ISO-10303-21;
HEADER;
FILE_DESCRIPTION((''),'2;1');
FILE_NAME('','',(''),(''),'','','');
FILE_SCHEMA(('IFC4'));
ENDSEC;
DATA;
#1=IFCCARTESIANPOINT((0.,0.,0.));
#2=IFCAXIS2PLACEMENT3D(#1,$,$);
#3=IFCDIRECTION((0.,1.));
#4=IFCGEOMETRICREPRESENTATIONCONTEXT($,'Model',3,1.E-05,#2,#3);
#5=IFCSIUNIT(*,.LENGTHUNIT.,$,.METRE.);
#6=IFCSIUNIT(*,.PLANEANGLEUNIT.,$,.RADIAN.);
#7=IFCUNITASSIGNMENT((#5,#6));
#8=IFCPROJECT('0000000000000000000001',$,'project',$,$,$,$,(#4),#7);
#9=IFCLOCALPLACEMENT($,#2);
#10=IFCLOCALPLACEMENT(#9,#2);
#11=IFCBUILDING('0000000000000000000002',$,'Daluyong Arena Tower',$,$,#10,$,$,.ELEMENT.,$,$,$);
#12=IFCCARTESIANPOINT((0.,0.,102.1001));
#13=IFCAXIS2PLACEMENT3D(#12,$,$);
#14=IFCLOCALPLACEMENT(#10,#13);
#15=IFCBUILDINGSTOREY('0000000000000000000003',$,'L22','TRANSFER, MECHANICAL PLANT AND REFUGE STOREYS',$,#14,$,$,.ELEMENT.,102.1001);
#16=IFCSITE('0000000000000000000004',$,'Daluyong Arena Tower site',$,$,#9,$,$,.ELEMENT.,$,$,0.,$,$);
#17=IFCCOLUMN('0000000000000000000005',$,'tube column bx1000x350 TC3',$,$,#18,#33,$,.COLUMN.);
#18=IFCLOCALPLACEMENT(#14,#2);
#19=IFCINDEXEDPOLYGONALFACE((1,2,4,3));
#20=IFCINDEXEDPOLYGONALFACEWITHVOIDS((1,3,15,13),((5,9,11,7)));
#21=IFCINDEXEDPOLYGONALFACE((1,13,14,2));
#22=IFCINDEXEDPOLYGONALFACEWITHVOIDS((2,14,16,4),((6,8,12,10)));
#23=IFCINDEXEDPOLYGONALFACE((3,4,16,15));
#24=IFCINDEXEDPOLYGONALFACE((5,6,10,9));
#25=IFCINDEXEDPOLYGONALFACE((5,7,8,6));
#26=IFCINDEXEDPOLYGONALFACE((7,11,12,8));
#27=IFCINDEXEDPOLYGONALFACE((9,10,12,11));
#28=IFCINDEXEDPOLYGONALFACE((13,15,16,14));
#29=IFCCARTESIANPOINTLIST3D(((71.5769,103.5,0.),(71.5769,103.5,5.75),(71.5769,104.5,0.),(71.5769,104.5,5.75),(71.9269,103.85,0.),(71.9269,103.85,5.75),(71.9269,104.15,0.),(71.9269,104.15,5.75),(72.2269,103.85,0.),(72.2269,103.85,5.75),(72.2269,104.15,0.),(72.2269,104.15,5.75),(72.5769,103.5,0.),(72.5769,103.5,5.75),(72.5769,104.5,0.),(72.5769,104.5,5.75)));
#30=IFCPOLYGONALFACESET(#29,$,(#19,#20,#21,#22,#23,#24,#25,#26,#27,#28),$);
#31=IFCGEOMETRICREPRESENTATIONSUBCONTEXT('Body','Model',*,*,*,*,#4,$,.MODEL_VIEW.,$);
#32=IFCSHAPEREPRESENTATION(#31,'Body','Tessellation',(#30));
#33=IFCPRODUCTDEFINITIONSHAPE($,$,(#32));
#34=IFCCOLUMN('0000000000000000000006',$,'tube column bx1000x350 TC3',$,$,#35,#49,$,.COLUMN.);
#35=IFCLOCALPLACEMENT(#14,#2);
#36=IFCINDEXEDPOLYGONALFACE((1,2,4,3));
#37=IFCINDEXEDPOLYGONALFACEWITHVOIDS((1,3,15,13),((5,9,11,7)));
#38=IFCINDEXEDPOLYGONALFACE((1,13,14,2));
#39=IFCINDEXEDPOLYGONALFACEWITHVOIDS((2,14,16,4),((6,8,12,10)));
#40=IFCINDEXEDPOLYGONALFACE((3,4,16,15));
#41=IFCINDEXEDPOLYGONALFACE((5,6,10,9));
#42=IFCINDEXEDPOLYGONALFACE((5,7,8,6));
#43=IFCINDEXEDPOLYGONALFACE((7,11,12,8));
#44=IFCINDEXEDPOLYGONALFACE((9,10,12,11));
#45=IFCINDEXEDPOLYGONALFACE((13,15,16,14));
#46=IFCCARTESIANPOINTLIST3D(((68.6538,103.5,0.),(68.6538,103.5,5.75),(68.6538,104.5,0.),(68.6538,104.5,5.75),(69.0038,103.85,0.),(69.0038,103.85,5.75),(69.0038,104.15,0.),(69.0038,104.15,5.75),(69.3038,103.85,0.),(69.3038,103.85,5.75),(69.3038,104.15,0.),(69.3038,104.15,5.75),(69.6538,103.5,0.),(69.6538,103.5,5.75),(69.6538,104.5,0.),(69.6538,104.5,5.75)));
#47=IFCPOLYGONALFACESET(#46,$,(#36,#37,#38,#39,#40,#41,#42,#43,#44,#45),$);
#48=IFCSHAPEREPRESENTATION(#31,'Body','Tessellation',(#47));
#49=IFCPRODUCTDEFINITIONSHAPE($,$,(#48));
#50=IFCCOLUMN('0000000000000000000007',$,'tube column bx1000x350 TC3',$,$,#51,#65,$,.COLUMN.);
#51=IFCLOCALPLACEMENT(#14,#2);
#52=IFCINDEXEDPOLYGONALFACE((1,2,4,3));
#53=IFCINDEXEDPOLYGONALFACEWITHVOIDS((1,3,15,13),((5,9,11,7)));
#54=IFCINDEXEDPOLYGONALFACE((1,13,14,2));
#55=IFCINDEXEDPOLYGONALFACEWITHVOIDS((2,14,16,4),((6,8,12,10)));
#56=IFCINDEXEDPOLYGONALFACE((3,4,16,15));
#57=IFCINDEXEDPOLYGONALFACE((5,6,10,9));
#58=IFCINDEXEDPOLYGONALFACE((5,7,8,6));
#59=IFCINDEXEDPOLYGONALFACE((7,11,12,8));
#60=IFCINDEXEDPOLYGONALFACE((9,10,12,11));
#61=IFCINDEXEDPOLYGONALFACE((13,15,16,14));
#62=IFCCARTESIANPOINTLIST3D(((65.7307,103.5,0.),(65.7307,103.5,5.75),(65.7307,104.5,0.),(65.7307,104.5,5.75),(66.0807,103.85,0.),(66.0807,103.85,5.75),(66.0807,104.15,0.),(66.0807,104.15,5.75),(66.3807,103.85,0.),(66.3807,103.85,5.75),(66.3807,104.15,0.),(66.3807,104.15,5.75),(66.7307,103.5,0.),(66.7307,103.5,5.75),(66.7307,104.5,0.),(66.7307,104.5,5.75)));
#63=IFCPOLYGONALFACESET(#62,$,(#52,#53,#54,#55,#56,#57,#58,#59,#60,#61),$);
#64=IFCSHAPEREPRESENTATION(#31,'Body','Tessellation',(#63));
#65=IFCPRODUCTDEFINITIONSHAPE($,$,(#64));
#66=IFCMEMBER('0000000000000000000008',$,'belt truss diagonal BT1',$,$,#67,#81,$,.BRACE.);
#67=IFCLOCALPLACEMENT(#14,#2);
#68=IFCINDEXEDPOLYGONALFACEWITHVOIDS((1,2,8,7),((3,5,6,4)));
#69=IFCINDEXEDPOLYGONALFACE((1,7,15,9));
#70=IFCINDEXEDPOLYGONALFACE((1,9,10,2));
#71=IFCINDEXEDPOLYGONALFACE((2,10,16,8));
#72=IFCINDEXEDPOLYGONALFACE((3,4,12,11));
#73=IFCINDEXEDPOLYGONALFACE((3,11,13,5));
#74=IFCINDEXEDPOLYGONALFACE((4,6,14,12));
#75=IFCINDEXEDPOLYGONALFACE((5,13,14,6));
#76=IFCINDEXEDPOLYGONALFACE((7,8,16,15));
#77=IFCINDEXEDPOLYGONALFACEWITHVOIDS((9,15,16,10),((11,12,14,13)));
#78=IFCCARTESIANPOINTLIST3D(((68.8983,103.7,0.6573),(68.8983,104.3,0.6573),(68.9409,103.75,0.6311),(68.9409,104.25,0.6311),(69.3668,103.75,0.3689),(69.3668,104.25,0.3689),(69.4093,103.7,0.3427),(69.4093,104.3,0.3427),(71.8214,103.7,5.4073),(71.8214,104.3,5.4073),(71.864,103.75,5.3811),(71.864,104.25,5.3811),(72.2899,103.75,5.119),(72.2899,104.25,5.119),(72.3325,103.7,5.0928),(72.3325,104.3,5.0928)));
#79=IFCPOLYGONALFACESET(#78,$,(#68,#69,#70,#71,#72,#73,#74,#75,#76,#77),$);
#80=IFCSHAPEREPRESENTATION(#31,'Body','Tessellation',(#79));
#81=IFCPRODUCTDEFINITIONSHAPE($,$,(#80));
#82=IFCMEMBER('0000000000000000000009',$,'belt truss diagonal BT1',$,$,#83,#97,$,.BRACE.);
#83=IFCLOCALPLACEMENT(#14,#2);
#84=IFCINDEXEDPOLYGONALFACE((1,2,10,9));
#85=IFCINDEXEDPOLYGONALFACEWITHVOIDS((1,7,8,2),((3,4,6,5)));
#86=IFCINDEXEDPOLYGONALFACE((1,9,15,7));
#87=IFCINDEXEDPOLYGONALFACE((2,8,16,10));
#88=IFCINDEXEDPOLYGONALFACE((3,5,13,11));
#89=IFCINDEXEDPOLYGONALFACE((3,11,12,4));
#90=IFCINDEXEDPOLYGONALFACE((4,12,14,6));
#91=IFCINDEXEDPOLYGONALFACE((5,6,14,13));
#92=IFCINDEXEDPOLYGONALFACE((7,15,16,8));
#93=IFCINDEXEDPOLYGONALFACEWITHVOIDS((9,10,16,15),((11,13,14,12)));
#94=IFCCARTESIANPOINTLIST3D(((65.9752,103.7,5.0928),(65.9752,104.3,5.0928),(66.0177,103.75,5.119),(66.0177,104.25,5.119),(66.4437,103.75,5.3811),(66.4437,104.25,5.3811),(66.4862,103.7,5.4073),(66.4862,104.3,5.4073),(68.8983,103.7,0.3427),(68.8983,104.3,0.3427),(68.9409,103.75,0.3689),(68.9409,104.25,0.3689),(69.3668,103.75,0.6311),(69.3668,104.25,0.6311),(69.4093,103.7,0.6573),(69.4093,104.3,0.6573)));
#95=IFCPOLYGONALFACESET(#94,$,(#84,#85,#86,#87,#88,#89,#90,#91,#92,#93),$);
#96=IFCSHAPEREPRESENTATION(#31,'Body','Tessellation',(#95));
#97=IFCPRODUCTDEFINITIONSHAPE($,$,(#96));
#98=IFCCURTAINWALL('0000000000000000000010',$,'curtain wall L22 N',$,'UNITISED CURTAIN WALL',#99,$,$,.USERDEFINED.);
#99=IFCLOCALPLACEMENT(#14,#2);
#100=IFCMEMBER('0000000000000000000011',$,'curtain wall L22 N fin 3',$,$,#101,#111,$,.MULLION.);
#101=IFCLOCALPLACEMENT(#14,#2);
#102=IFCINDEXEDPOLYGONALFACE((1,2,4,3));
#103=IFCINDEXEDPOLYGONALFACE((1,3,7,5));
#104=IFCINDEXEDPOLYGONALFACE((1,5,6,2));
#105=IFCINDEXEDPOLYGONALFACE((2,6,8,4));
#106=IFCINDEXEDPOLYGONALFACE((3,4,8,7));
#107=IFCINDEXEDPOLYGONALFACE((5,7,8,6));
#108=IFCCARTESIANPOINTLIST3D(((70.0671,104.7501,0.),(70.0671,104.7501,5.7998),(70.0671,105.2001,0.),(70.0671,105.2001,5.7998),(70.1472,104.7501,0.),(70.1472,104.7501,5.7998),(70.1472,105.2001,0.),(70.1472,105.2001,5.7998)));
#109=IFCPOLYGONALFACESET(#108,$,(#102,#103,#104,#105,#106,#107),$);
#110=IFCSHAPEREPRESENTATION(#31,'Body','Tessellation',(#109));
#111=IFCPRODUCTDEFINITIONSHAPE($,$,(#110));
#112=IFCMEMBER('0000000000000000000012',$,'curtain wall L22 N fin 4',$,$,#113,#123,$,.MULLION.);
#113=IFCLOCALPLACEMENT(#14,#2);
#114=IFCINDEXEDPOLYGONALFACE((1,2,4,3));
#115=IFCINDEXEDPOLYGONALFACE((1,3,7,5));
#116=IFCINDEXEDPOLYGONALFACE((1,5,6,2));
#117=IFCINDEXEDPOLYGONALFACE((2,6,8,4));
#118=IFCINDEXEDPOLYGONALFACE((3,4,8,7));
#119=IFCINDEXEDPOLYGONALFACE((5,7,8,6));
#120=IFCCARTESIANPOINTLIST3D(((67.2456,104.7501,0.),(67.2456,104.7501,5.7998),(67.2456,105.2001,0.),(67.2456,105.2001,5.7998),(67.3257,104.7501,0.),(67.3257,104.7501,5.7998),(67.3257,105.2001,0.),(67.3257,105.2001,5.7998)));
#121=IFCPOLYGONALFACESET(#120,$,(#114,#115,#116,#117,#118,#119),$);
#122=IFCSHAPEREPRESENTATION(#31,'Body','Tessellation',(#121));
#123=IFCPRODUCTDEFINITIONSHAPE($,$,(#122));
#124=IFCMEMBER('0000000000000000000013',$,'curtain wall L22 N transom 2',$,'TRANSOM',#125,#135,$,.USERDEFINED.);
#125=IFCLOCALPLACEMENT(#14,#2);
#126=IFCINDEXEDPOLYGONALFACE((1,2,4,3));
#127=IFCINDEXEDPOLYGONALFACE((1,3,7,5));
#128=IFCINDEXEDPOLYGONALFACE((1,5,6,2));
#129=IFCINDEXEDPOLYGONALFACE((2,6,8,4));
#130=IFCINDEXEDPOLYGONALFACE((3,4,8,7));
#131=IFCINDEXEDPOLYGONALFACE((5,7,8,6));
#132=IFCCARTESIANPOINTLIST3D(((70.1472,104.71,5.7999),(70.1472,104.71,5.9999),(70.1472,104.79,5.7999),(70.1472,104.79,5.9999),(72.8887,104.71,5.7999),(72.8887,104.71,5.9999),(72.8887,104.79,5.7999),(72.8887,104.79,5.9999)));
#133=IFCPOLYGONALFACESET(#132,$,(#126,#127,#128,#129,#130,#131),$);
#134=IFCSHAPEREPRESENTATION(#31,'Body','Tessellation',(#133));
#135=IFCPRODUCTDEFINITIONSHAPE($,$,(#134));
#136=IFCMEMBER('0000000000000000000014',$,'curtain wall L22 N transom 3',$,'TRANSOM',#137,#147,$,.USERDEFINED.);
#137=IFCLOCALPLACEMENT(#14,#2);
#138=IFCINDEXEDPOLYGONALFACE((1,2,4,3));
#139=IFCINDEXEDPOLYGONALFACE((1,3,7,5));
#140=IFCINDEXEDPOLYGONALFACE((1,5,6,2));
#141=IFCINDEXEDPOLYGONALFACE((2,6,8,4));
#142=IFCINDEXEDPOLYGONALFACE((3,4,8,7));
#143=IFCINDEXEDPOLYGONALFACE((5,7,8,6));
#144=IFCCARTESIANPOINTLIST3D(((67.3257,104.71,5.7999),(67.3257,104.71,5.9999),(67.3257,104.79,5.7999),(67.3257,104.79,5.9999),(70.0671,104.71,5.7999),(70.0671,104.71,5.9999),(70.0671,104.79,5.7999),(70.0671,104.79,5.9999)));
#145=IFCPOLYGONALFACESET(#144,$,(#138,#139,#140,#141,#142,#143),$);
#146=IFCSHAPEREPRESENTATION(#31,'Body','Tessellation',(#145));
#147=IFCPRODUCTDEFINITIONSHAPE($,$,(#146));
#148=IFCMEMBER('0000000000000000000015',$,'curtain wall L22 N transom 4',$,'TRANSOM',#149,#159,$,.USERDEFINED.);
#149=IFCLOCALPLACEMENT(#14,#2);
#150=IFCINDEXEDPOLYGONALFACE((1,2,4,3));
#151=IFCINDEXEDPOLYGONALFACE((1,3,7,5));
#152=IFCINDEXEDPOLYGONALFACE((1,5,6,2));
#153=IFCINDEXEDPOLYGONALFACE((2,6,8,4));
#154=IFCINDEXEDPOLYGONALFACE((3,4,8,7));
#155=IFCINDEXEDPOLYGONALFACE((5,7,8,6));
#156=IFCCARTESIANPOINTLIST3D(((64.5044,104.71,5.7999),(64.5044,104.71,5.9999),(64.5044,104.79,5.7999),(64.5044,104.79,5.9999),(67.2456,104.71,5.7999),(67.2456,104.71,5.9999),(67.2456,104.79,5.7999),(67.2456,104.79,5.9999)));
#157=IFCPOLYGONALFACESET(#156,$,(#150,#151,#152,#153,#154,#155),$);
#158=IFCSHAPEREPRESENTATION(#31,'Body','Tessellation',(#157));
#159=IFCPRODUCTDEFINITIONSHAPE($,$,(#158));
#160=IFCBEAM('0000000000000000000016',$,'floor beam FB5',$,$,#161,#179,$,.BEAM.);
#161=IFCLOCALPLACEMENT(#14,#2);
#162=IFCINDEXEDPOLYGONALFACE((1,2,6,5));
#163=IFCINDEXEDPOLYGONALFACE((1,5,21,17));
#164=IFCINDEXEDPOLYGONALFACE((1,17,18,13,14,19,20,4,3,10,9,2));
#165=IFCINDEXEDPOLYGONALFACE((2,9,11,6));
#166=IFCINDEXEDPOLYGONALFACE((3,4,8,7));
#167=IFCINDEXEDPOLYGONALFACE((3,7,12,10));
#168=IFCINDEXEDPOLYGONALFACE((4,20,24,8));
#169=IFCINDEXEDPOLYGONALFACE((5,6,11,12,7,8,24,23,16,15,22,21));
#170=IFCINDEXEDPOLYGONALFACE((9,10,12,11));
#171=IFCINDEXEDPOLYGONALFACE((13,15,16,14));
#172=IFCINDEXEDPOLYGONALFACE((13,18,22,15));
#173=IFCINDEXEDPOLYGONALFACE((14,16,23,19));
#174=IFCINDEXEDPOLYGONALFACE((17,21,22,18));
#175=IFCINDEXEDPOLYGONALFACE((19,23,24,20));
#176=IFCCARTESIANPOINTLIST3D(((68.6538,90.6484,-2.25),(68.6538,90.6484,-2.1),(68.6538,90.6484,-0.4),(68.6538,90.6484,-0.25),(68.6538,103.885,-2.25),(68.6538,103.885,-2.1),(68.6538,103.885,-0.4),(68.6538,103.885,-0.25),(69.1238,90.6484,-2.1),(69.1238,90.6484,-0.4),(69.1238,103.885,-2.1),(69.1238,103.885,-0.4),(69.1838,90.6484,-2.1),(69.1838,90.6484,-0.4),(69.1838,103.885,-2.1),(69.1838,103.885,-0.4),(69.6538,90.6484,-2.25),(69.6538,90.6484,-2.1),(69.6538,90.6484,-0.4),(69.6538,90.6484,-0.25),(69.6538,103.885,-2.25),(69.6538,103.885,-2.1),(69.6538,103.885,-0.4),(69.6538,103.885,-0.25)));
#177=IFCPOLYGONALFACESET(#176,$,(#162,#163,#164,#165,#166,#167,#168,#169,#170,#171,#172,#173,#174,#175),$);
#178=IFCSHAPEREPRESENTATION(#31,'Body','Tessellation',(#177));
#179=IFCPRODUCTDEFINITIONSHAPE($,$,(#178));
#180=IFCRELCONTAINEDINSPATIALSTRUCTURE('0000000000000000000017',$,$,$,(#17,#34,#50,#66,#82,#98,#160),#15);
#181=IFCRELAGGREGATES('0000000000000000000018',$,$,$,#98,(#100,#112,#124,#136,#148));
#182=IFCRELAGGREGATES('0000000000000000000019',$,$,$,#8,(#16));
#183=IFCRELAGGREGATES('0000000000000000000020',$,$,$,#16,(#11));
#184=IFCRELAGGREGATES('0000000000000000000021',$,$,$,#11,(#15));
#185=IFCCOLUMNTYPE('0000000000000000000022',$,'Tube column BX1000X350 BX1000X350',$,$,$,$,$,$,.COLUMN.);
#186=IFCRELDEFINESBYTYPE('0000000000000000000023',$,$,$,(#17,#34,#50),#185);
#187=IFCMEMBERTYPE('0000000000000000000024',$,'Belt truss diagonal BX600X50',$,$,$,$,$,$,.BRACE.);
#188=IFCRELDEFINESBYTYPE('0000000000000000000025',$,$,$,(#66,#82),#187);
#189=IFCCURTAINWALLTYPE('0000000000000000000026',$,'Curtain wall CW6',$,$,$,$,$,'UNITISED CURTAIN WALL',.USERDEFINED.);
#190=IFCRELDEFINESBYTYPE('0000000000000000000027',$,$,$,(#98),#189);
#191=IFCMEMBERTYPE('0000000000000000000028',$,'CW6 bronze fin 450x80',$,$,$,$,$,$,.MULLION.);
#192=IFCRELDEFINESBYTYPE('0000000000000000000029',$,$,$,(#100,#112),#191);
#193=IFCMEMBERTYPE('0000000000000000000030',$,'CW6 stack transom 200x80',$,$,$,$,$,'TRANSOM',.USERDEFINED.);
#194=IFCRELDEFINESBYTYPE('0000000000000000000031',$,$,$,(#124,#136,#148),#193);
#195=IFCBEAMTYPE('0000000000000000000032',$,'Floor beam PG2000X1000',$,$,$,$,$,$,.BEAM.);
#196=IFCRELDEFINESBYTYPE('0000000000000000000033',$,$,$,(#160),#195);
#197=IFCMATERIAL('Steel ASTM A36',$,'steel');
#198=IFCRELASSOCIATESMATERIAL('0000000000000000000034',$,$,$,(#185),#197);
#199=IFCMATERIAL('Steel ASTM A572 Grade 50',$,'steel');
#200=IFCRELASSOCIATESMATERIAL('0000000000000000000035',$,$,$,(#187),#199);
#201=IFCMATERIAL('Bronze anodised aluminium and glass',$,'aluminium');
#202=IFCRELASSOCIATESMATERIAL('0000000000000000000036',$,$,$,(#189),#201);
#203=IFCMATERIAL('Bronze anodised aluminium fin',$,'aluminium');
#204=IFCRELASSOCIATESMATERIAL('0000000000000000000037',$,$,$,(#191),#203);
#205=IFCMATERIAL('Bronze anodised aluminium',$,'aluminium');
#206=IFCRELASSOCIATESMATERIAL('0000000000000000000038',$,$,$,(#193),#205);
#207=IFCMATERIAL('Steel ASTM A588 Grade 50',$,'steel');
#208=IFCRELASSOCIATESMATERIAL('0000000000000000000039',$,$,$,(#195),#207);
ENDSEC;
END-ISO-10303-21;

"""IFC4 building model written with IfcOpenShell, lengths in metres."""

from ifc_helpers import new_model, si_unit, direction, frame, origin, origin_2d, place, context, subcontext, project, spatial, rectangle, hollow_rectangle, i_section, extrude, material, material_profile, profile_set, type_object, element, aggregate, save


model = new_model("IFC4")

# Units and contexts
model_context = context("Model", 3, precision=1e-05, world=origin(), true_north=direction((0.0, 1.0)))
body_context = subcontext(model_context, "Body", "Model", "MODEL_VIEW")
ifc_project = project(units=[si_unit("LENGTHUNIT", "METRE"), si_unit("PLANEANGLEUNIT", "RADIAN")], contexts=[model_context])

# Site, building, storey
site_placement = place(None, origin())
site = spatial("IfcSite", under=ifc_project, at=site_placement, Name="Daluyong Arena Tower site", CompositionType="ELEMENT", RefElevation=0.0)
building_placement = place(site_placement, origin())
building = spatial("IfcBuilding", under=site, at=building_placement, Name="Daluyong Arena Tower", CompositionType="ELEMENT")
storey_placement = place(building_placement, frame((0.0, 0.0, 102.1001)))
storey = spatial("IfcBuildingStorey", under=building, at=storey_placement, Name="L22", Description="TRANSFER, MECHANICAL PLANT AND REFUGE STOREYS", CompositionType="ELEMENT", Elevation=102.1001)

# Columns
ifc_material_1 = material(Name="Steel ASTM A36", Category="steel")
ifc_material_profile_1 = material_profile(ifc_material_1, hollow_rectangle(XDim=1.0, YDim=1.0, WallThickness=0.35, at=origin_2d()))
ifc_profile_set_1 = profile_set([ifc_material_profile_1], Name="Steel ASTM A36")
column_type = type_object("IfcColumnType", Name="Tube column BX1000X350 BX1000X350", PredefinedType="COLUMN", material=ifc_profile_set_1)
for number, where, z_axis, x_axis, name in (
    (1, (72.0769, 104.0, 0.0), (0.0, 0.0, 1.0), (1.0, 0.0, 0.0), "tube column bx1000x350 TC3"),
    (2, (69.1538, 104.0, 0.0), (0.0, 0.0, 1.0), (1.0, 0.0, 0.0), "tube column bx1000x350 TC3"),
    (3, (66.2307, 104.0, 0.0), (0.0, 0.0, 1.0), (1.0, 0.0, 0.0), "tube column bx1000x350 TC3"),
):
    element("IfcColumn", number, at=place(storey_placement, frame(where, z_axis=z_axis, x_axis=x_axis)), inside=storey, type_object=column_type, Name=name, PredefinedType="COLUMN", context=body_context, shape_type="SweptSolid", body=[
        extrude(hollow_rectangle(XDim=1.0, YDim=1.0, WallThickness=0.35, at=origin_2d()), origin(), (0.0, 0.0, 1.0), 5.75),
    ])

# Members
ifc_material_2 = material(Name="Steel ASTM A572 Grade 50", Category="steel")
ifc_material_profile_2 = material_profile(ifc_material_2, hollow_rectangle(XDim=0.6001, YDim=0.6001, WallThickness=0.05, at=origin_2d()))
ifc_profile_set_2 = profile_set([ifc_material_profile_2], Name="Steel ASTM A572 Grade 50")
member_type_1 = type_object("IfcMemberType", Name="Belt truss diagonal BX600X50", PredefinedType="BRACE", material=ifc_profile_set_2)
for number, where, z_axis, x_axis, name in (
    (4, (69.1538, 104.0, 0.5), (0.5241, 0.0, 0.851657), (0.0, 1.0, 0.0), "belt truss diagonal BT1"),
    (5, (69.1538, 104.0, 0.5), (-0.5241, 0.0, 0.851657), (0.0, -1.0, 0.0), "belt truss diagonal BT1"),
):
    element("IfcMember", number, at=place(storey_placement, frame(where, z_axis=z_axis, x_axis=x_axis)), inside=storey, type_object=member_type_1, Name=name, PredefinedType="BRACE", context=body_context, shape_type="SweptSolid", body=[
        extrude(hollow_rectangle(XDim=0.6001, YDim=0.6001, WallThickness=0.05, at=origin_2d()), origin(), (0.0, 0.0, 1.0), 5.5774),
    ])

# Curtain wall, members
ifc_material_3 = material(Name="Bronze anodised aluminium and glass", Category="aluminium")
curtain_wall_type = type_object("IfcCurtainWallType", Name="Curtain wall CW6", ElementType="UNITISED CURTAIN WALL", PredefinedType="USERDEFINED", material=ifc_material_3)
curtain_wall_placement = place(storey_placement, origin())
curtain_wall = element("IfcCurtainWall", 6, at=curtain_wall_placement, inside=storey, type_object=curtain_wall_type, Name="curtain wall L22 N", ObjectType="UNITISED CURTAIN WALL", PredefinedType="USERDEFINED")
ifc_material_4 = material(Name="Bronze anodised aluminium fin", Category="aluminium")
ifc_material_profile_3 = material_profile(ifc_material_4, rectangle(XDim=0.45, YDim=0.0801, at=origin_2d()))
ifc_profile_set_3 = profile_set([ifc_material_profile_3], Name="Bronze anodised aluminium fin")
member_type_2 = type_object("IfcMemberType", Name="CW6 bronze fin 450x80", PredefinedType="MULLION", material=ifc_profile_set_3)
member_1_placement = place(storey_placement, frame((70.1072, 104.9751, 0.0), z_axis=(0.0, 0.0, 1.0), x_axis=(0.0, -1.0, 0.0)))
member_1 = element("IfcMember", 7, at=member_1_placement, type_object=member_type_2, Name="curtain wall L22 N fin 3", PredefinedType="MULLION", context=body_context, shape_type="SweptSolid", body=[
    extrude(rectangle(XDim=0.45, YDim=0.0801, at=origin_2d()), origin(), (0.0, 0.0, 1.0), 5.7998),
])
member_2_placement = place(storey_placement, frame((67.2856, 104.9751, 0.0), z_axis=(0.0, 0.0, 1.0), x_axis=(0.0, -1.0, 0.0)))
member_2 = element("IfcMember", 8, at=member_2_placement, type_object=member_type_2, Name="curtain wall L22 N fin 4", PredefinedType="MULLION", context=body_context, shape_type="SweptSolid", body=[
    extrude(rectangle(XDim=0.45, YDim=0.0801, at=origin_2d()), origin(), (0.0, 0.0, 1.0), 5.7998),
])
ifc_material_5 = material(Name="Bronze anodised aluminium", Category="aluminium")
ifc_material_profile_4 = material_profile(ifc_material_5, rectangle(XDim=0.0801, YDim=0.2, at=origin_2d()))
ifc_profile_set_4 = profile_set([ifc_material_profile_4], Name="Bronze anodised aluminium")
member_type_3 = type_object("IfcMemberType", Name="CW6 stack transom 200x80", ElementType="TRANSOM", PredefinedType="USERDEFINED", material=ifc_profile_set_4)
member_3_placement = place(storey_placement, frame((72.8887, 104.75, 5.8999), z_axis=(-1.0, 0.0, 0.0), x_axis=(0.0, -1.0, 0.0)))
member_3 = element("IfcMember", 9, at=member_3_placement, type_object=member_type_3, Name="curtain wall L22 N transom 2", ObjectType="TRANSOM", PredefinedType="USERDEFINED", context=body_context, shape_type="SweptSolid", body=[
    extrude(rectangle(XDim=0.0801, YDim=0.2, at=origin_2d()), origin(), (0.0, 0.0, 1.0), 2.7415),
])
member_4_placement = place(storey_placement, frame((70.0671, 104.75, 5.8999), z_axis=(-1.0, 0.0, 0.0), x_axis=(0.0, -1.0, 0.0)))
member_4 = element("IfcMember", 10, at=member_4_placement, type_object=member_type_3, Name="curtain wall L22 N transom 3", ObjectType="TRANSOM", PredefinedType="USERDEFINED", context=body_context, shape_type="SweptSolid", body=[
    extrude(rectangle(XDim=0.0801, YDim=0.2, at=origin_2d()), origin(), (0.0, 0.0, 1.0), 2.7415),
])
member_5_placement = place(storey_placement, frame((67.2456, 104.75, 5.8999), z_axis=(-1.0, 0.0, 0.0), x_axis=(0.0, -1.0, 0.0)))
member_5 = element("IfcMember", 11, at=member_5_placement, type_object=member_type_3, Name="curtain wall L22 N transom 4", ObjectType="TRANSOM", PredefinedType="USERDEFINED", context=body_context, shape_type="SweptSolid", body=[
    extrude(rectangle(XDim=0.0801, YDim=0.2, at=origin_2d()), origin(), (0.0, 0.0, 1.0), 2.7412),
])

# Beam
ifc_material_6 = material(Name="Steel ASTM A588 Grade 50", Category="steel")
ifc_material_profile_5 = material_profile(ifc_material_6, i_section(OverallWidth=1.0, OverallDepth=2.0, WebThickness=0.06, FlangeThickness=0.15, at=origin_2d()))
ifc_profile_set_5 = profile_set([ifc_material_profile_5], Name="Steel ASTM A588 Grade 50")
beam_type_1 = type_object("IfcBeamType", Name="Floor beam PG2000X1000", PredefinedType="BEAM", material=ifc_profile_set_5)
beam_1_placement = place(storey_placement, frame((69.1538, 103.885, -1.25), z_axis=(0.0, -1.0, 0.0), x_axis=(1.0, 0.0, 0.0)))
element("IfcBeam", 12, at=beam_1_placement, inside=storey, type_object=beam_type_1, Name="floor beam FB5", PredefinedType="BEAM", context=body_context, shape_type="SweptSolid", body=[
    extrude(i_section(OverallWidth=1.0, OverallDepth=2.0, WebThickness=0.06, FlangeThickness=0.15, at=origin_2d()), origin(), (0.0, 0.0, 1.0), 13.2366),
])

aggregate(curtain_wall, [member_1, member_2, member_3, member_4, member_5])

save(model, "model.ifc")
